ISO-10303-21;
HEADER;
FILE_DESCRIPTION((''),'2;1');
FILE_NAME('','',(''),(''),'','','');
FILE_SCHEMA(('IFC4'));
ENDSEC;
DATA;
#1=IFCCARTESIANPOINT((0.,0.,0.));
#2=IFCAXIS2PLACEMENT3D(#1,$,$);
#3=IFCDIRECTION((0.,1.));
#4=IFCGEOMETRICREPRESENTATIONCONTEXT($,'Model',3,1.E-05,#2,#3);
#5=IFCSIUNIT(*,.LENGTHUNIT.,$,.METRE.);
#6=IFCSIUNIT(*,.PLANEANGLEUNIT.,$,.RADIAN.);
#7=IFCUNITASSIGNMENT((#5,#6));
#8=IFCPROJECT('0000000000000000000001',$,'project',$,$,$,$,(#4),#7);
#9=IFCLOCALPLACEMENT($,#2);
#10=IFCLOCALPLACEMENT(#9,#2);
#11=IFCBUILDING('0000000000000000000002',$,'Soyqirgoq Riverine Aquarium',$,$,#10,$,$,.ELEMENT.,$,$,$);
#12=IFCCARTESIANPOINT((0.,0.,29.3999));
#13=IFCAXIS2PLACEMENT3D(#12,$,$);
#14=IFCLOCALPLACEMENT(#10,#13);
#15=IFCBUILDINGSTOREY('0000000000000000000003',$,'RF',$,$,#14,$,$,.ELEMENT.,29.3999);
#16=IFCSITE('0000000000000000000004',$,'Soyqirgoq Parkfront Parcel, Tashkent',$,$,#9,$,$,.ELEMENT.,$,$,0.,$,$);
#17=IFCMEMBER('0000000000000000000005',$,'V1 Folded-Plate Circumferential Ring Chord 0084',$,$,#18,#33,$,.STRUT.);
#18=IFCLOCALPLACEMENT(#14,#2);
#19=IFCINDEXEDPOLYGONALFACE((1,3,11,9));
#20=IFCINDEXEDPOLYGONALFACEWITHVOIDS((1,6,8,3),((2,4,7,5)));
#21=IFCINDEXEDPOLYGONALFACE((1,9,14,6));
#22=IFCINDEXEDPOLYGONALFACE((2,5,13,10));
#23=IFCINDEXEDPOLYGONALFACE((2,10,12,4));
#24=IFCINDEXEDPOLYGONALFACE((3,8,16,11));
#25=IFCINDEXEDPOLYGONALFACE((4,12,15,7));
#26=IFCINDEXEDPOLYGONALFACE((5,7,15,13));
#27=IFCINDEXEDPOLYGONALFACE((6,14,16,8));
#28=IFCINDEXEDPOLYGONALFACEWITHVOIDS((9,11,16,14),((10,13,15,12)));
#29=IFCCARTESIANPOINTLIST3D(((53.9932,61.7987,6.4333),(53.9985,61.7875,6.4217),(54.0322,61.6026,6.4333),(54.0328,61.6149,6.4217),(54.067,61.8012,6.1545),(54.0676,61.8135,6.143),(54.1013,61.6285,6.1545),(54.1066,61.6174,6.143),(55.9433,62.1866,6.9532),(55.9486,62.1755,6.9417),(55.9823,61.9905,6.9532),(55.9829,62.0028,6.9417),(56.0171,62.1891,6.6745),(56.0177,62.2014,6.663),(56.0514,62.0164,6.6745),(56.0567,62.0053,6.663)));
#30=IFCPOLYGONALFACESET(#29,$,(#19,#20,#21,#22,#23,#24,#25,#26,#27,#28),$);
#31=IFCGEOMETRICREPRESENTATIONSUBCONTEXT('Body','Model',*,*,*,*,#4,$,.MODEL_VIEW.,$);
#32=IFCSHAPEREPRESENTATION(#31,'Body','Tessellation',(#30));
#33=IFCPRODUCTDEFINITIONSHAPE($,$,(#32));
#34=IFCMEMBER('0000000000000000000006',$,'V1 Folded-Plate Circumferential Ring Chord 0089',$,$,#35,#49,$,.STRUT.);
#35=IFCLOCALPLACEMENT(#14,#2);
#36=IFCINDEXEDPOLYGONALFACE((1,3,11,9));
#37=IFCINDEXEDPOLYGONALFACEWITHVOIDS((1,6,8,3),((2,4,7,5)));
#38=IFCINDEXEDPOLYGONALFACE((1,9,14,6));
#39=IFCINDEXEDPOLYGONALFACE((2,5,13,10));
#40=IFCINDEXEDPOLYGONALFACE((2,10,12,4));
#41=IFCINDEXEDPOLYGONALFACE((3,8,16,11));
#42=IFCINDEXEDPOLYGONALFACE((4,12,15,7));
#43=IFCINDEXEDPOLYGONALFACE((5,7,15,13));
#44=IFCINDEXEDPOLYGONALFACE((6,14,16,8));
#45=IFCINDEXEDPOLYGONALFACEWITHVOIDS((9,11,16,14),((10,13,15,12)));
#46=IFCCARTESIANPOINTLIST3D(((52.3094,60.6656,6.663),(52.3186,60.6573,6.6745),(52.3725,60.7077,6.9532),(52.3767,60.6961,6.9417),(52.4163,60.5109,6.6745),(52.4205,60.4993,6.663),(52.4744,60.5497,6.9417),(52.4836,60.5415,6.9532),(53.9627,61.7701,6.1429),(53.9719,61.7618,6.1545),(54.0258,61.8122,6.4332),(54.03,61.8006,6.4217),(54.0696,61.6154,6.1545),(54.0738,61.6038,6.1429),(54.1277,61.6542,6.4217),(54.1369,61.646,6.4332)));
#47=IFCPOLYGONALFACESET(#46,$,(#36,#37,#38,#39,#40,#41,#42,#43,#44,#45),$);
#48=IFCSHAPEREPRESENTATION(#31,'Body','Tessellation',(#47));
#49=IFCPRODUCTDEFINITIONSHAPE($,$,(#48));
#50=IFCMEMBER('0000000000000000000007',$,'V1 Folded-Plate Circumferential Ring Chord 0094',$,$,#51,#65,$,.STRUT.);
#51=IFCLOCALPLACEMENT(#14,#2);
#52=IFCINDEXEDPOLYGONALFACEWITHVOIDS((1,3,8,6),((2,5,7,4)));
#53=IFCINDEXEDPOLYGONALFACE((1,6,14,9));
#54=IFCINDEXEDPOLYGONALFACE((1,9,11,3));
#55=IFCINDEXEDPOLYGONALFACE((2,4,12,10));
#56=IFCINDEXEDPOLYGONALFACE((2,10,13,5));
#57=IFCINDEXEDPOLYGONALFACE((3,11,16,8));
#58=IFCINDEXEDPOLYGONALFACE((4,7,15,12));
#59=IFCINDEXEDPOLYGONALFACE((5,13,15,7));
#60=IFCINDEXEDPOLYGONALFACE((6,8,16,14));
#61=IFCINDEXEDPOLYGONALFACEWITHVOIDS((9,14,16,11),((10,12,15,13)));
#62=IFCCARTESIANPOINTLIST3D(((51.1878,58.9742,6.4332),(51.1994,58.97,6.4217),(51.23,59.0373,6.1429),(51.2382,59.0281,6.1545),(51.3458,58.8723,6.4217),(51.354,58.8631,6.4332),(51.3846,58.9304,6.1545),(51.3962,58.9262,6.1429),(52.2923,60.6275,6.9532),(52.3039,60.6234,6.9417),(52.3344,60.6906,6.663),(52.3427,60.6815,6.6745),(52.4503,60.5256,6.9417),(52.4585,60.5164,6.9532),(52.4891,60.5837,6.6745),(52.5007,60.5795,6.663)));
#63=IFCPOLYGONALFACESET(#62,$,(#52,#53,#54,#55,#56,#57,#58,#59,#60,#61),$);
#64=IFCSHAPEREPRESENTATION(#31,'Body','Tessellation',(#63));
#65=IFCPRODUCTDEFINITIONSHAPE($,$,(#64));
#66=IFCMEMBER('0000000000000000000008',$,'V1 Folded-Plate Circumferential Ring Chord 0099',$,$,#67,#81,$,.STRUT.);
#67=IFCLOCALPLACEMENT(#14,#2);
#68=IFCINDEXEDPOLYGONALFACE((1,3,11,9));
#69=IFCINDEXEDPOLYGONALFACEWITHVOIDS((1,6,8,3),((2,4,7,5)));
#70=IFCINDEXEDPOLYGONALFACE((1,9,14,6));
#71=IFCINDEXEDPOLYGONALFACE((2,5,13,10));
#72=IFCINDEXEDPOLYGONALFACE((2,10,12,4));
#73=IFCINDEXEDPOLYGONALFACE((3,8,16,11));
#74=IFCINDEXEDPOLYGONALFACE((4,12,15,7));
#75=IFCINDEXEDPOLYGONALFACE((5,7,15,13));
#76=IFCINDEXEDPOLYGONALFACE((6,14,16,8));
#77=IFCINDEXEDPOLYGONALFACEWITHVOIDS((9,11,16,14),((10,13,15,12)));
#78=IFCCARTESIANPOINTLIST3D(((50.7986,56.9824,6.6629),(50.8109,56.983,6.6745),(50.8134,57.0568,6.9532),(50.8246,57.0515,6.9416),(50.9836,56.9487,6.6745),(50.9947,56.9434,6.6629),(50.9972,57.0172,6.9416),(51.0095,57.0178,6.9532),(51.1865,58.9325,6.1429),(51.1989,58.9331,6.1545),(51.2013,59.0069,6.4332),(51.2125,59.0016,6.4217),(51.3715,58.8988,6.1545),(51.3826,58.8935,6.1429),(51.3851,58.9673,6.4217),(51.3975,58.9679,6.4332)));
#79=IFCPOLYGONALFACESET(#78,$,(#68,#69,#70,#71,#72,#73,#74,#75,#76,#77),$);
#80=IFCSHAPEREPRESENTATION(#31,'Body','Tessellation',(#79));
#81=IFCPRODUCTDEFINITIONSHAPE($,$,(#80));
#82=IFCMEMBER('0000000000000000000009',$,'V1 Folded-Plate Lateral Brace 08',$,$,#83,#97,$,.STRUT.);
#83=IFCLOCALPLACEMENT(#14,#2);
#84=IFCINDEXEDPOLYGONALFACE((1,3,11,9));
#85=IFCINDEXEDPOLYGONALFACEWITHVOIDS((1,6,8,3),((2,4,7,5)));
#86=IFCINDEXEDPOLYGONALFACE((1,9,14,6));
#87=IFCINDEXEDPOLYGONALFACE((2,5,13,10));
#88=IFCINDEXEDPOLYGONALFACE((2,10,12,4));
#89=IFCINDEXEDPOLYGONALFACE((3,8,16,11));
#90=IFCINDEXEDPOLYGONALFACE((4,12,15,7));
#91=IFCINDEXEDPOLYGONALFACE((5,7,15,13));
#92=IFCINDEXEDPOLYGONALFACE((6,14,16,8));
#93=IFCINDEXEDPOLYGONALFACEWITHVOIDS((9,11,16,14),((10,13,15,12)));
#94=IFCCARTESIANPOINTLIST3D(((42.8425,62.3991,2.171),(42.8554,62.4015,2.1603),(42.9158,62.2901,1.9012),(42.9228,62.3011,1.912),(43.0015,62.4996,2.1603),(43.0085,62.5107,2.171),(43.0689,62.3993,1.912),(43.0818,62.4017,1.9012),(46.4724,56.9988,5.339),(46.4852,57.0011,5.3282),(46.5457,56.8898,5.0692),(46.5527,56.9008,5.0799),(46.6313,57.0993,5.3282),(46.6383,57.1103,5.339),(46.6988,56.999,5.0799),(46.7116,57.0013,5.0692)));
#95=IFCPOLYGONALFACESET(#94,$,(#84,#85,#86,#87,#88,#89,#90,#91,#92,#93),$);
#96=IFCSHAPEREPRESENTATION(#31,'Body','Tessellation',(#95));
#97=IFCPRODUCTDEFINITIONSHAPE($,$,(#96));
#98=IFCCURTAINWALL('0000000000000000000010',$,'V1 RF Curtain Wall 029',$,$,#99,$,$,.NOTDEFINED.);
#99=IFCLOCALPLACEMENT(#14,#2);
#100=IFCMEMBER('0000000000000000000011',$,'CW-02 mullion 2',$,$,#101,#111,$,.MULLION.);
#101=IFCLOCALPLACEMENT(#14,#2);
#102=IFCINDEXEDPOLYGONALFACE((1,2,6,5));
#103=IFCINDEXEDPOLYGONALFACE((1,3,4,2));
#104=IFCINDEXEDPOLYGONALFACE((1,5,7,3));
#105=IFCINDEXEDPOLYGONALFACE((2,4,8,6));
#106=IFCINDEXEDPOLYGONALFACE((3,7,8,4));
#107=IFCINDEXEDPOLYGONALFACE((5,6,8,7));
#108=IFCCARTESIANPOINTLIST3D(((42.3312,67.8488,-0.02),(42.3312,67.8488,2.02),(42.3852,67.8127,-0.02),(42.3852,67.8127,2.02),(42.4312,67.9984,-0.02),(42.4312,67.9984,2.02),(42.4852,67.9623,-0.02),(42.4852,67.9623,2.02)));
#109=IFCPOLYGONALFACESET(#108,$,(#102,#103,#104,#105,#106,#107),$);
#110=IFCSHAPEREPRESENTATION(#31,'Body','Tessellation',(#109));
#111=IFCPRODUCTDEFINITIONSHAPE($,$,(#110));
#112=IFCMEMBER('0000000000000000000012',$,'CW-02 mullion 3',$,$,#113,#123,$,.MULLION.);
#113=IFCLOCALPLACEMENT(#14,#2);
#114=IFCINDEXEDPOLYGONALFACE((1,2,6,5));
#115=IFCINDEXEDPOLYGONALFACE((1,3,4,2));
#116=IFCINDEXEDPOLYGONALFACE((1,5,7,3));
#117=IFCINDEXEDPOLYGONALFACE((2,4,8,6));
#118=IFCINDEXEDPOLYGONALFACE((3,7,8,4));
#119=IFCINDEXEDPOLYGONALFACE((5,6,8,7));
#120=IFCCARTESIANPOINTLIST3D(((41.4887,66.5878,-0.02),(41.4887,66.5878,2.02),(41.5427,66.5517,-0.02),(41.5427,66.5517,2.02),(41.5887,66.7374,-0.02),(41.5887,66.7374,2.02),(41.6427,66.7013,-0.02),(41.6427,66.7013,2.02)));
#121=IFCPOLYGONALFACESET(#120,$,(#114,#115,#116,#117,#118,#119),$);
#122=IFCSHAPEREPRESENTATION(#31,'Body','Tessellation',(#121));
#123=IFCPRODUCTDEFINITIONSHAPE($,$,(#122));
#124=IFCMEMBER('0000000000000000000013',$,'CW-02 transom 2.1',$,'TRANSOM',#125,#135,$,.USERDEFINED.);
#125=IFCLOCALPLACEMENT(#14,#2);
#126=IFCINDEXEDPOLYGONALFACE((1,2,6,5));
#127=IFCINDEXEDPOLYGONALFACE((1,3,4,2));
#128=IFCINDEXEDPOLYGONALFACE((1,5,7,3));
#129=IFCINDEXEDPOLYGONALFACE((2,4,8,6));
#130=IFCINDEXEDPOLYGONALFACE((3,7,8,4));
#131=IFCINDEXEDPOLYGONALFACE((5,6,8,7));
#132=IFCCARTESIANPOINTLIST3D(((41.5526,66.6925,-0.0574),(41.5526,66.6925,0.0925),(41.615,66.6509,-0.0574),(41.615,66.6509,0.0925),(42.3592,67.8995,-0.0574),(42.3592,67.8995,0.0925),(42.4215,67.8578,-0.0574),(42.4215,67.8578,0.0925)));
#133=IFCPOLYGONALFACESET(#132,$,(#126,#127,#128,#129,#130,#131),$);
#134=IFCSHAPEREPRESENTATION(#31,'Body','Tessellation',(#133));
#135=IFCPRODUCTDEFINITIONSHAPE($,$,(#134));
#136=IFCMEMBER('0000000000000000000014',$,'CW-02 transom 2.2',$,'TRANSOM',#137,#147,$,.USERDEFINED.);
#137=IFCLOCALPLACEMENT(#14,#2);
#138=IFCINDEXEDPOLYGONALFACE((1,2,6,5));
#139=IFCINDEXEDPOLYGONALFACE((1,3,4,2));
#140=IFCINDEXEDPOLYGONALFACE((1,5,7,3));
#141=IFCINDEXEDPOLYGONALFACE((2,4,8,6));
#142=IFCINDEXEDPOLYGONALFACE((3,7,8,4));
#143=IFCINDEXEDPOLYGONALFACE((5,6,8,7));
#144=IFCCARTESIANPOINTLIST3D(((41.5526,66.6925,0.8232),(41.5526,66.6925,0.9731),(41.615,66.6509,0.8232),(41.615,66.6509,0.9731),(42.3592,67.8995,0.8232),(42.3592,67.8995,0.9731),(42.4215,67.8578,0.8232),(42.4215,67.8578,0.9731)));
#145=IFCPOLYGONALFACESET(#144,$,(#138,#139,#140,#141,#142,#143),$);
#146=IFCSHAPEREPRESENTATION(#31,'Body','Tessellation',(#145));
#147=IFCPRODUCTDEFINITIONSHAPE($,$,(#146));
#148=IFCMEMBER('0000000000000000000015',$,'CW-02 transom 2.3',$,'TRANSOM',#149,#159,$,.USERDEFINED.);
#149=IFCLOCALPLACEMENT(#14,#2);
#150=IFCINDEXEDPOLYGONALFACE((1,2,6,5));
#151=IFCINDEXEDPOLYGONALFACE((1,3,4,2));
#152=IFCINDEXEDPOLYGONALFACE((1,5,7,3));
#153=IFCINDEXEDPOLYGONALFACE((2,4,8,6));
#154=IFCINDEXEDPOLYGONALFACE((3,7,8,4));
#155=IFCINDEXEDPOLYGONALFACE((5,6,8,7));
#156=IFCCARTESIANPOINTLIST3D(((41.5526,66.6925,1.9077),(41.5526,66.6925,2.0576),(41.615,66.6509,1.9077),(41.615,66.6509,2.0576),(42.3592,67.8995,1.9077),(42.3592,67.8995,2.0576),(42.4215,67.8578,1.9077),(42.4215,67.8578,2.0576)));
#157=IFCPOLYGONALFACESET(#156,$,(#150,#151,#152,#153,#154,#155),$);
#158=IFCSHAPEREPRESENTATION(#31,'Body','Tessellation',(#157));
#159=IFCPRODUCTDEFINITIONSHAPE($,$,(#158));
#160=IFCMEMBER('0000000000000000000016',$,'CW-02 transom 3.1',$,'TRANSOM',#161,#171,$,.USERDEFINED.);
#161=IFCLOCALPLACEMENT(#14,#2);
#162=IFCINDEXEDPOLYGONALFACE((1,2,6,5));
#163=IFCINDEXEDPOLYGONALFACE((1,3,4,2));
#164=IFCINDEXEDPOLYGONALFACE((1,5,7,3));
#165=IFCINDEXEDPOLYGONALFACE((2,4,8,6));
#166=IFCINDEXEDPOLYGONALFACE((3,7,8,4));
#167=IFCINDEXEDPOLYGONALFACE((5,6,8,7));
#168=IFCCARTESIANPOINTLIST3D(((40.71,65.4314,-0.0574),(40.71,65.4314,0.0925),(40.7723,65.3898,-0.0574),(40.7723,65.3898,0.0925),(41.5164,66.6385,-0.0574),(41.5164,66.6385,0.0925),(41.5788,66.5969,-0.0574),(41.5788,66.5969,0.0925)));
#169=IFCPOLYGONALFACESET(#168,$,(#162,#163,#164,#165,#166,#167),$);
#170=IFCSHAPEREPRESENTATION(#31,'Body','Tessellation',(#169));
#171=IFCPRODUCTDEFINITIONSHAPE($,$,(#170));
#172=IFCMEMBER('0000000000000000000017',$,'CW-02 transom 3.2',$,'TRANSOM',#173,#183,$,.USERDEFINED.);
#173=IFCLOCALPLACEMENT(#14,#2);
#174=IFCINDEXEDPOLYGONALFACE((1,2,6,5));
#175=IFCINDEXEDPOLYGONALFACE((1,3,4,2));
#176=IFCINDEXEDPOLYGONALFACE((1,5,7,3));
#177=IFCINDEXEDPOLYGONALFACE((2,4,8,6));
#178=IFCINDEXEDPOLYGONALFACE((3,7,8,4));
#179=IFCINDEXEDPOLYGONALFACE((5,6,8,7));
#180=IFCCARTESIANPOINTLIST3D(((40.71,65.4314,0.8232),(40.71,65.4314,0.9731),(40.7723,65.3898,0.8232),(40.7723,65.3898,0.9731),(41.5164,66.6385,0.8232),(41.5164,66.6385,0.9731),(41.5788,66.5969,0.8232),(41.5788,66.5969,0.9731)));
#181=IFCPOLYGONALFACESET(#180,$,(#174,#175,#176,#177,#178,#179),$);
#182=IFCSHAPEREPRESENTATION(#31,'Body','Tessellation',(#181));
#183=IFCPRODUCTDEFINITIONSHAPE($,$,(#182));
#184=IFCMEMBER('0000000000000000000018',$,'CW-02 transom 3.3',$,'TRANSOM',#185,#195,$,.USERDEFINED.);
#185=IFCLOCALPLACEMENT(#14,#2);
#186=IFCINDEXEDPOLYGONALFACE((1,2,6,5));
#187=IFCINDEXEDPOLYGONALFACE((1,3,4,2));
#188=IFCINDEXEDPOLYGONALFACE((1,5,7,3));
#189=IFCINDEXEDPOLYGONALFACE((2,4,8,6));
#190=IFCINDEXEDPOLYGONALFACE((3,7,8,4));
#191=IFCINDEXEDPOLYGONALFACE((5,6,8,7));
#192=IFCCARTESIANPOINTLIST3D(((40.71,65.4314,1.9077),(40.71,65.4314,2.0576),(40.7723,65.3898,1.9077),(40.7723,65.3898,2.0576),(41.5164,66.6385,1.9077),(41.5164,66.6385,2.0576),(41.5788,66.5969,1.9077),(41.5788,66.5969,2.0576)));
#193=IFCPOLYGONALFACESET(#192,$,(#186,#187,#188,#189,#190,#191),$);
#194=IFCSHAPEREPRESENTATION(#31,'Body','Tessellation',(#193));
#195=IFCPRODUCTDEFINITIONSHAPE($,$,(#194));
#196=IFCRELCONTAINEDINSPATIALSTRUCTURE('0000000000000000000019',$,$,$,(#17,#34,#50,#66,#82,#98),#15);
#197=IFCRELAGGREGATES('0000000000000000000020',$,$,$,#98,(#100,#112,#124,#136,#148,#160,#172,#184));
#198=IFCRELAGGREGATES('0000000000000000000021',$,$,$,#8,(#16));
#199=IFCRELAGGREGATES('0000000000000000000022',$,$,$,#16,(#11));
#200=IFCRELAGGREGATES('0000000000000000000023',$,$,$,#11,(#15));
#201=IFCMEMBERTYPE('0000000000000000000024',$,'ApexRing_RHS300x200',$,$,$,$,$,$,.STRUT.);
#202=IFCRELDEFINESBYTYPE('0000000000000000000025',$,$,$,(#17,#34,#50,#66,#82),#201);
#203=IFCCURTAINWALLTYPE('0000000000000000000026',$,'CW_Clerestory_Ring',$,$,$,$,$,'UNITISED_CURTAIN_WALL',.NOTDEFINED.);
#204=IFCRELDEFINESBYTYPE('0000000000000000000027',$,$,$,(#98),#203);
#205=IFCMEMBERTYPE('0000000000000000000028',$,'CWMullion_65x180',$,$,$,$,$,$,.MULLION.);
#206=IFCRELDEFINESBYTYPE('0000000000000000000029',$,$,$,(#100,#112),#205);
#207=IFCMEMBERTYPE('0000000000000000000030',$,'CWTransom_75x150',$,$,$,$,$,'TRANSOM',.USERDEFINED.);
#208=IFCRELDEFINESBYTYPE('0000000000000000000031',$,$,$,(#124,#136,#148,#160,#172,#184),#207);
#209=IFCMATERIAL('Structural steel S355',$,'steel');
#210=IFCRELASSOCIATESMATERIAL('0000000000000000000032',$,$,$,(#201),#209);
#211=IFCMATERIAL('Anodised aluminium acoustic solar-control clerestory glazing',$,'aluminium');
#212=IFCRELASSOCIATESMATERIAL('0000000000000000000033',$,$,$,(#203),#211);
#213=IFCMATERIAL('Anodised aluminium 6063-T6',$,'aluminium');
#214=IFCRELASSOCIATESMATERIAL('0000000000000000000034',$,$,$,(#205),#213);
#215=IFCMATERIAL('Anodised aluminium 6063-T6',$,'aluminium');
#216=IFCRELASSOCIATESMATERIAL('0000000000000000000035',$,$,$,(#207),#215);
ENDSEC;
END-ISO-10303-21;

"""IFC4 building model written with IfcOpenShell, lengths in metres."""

from ifc_helpers import new_model, si_unit, direction, frame, origin, origin_2d, place, context, subcontext, project, spatial, rectangle, hollow_rectangle, extrude, material, material_profile, profile_set, type_object, element, aggregate, save


model = new_model("IFC4")

# Units and contexts
model_context = context("Model", 3, precision=1e-05, world=origin(), true_north=direction((0.0, 1.0)))
body_context = subcontext(model_context, "Body", "Model", "MODEL_VIEW")
ifc_project = project(units=[si_unit("LENGTHUNIT", "METRE"), si_unit("PLANEANGLEUNIT", "RADIAN")], contexts=[model_context])

# Site, building, storey
site_placement = place(None, origin())
site = spatial("IfcSite", under=ifc_project, at=site_placement, Name="Soyqirgoq Parkfront Parcel, Tashkent", CompositionType="ELEMENT", RefElevation=0.0)
building_placement = place(site_placement, origin())
building = spatial("IfcBuilding", under=site, at=building_placement, Name="Soyqirgoq Riverine Aquarium", CompositionType="ELEMENT")
storey_placement = place(building_placement, frame((0.0, 0.0, 29.3999)))
storey = spatial("IfcBuildingStorey", under=building, at=storey_placement, Name="RF", CompositionType="ELEMENT", Elevation=29.3999)

# Members
ifc_material_1 = material(Name="Structural steel S355", Category="steel")
ifc_material_profile_1 = material_profile(ifc_material_1, hollow_rectangle(XDim=0.2, YDim=0.3, WallThickness=0.012, at=origin_2d()), Name="RHS 300x200x12")
ifc_profile_set_1 = profile_set([ifc_material_profile_1], Name="Structural steel S355")
member_type_1 = type_object("IfcMemberType", Name="ApexRing_RHS300x200", PredefinedType="STRUT", material=ifc_profile_set_1)
for number, where, z_axis, x_axis, name in (
    (1, (56.0, 62.0959, 6.8081), (-0.948871, -0.188753, -0.253016), (0.195101, -0.980783, 0.0), "V1 Folded-Plate Circumferential Ring Chord 0084"),
    (2, (54.0498, 61.708, 6.2881), (-0.804462, -0.537417, 0.253028), (0.555493, -0.831521, 0.0), "V1 Folded-Plate Circumferential Ring Chord 0089"),
    (3, (52.3965, 60.6035, 6.8081), (-0.537417, -0.804462, -0.253028), (0.831521, -0.555493, 0.0), "V1 Folded-Plate Circumferential Ring Chord 0094"),
    (4, (51.292, 58.9502, 6.2881), (-0.188753, -0.948871, 0.253016), (0.980783, -0.195101, 0.0), "V1 Folded-Plate Circumferential Ring Chord 0099"),
):
    element("IfcMember", number, at=place(storey_placement, frame(where, z_axis=z_axis, x_axis=x_axis)), inside=storey, type_object=member_type_1, Name=name, PredefinedType="STRUT", context=body_context, shape_type="SweptSolid", body=[
        extrude(hollow_rectangle(XDim=0.2, YDim=0.3, WallThickness=0.012, at=origin_2d()), origin(), (0.0, 0.0, 1.0), 2.0552),
    ])
member_1_placement = place(storey_placement, frame((42.9622, 62.4004, 2.0361), z_axis=(0.501563, -0.746204, 0.437737), x_axis=(0.829943, 0.557848, 0.0)))
element("IfcMember", 5, at=member_1_placement, inside=storey, type_object=member_type_1, Name="V1 Folded-Plate Lateral Brace 08", PredefinedType="STRUT", context=body_context, shape_type="SweptSolid", body=[
    extrude(hollow_rectangle(XDim=0.2, YDim=0.3, WallThickness=0.012, at=origin_2d()), origin(), (0.0, 0.0, 1.0), 7.2371),
])

# Curtain wall, members
ifc_material_2 = material(Name="Anodised aluminium acoustic solar-control clerestory glazing", Category="aluminium")
curtain_wall_type = type_object("IfcCurtainWallType", Name="CW_Clerestory_Ring", ElementType="UNITISED_CURTAIN_WALL", PredefinedType="NOTDEFINED", material=ifc_material_2)
curtain_wall_placement = place(storey_placement, origin())
curtain_wall = element("IfcCurtainWall", 6, at=curtain_wall_placement, inside=storey, type_object=curtain_wall_type, Name="V1 RF Curtain Wall 029", PredefinedType="NOTDEFINED")
ifc_material_3 = material(Name="Anodised aluminium 6063-T6", Category="aluminium")
ifc_material_profile_2 = material_profile(ifc_material_3, rectangle(XDim=0.0649, YDim=0.1799, at=origin_2d()), Name="ALU-M 65x180")
ifc_profile_set_2 = profile_set([ifc_material_profile_2], Name="Anodised aluminium 6063-T6")
member_type_2 = type_object("IfcMemberType", Name="CWMullion_65x180", PredefinedType="MULLION", material=ifc_profile_set_2)
member_2_placement = place(storey_placement, frame((42.4082, 67.9055, -0.02), z_axis=(0.0, 0.0, 1.0), x_axis=(0.831464, -0.555579, 0.0)))
member_2 = element("IfcMember", 7, at=member_2_placement, type_object=member_type_2, Name="CW-02 mullion 2", PredefinedType="MULLION", context=body_context, shape_type="SweptSolid", body=[
    extrude(rectangle(XDim=0.0649, YDim=0.1799, at=origin_2d()), origin(), (0.0, 0.0, 1.0), 2.04),
])
member_3_placement = place(storey_placement, frame((41.5657, 66.6445, -0.02), z_axis=(0.0, 0.0, 1.0), x_axis=(0.831464, -0.555579, 0.0)))
member_3 = element("IfcMember", 8, at=member_3_placement, type_object=member_type_2, Name="CW-02 mullion 3", PredefinedType="MULLION", context=body_context, shape_type="SweptSolid", body=[
    extrude(rectangle(XDim=0.0649, YDim=0.1799, at=origin_2d()), origin(), (0.0, 0.0, 1.0), 2.04),
])
ifc_material_4 = material(Name="Anodised aluminium 6063-T6", Category="aluminium")
ifc_material_profile_3 = material_profile(ifc_material_4, rectangle(XDim=0.075, YDim=0.1499, at=origin_2d()), Name="ALU-T 75x150")
ifc_profile_set_3 = profile_set([ifc_material_profile_3], Name="Anodised aluminium 6063-T6")
member_type_3 = type_object("IfcMemberType", Name="CWTransom_75x150", ElementType="TRANSOM", PredefinedType="USERDEFINED", material=ifc_profile_set_3)
member_4_placement = place(storey_placement, frame((42.3904, 67.8787, 0.0176), z_axis=(-0.555631, -0.831429, 0.0), x_axis=(0.831429, -0.555631, 0.0)))
member_4 = element("IfcMember", 9, at=member_4_placement, type_object=member_type_3, Name="CW-02 transom 2.1", ObjectType="TRANSOM", PredefinedType="USERDEFINED", context=body_context, shape_type="SweptSolid", body=[
    extrude(rectangle(XDim=0.075, YDim=0.1499, at=origin_2d()), origin(), (0.0, 0.0, 1.0), 1.4517),
])
member_5_placement = place(storey_placement, frame((42.3904, 67.8787, 0.8982), z_axis=(-0.555631, -0.831429, 0.0), x_axis=(0.831429, -0.555631, 0.0)))
member_5 = element("IfcMember", 10, at=member_5_placement, type_object=member_type_3, Name="CW-02 transom 2.2", ObjectType="TRANSOM", PredefinedType="USERDEFINED", context=body_context, shape_type="SweptSolid", body=[
    extrude(rectangle(XDim=0.075, YDim=0.1499, at=origin_2d()), origin(), (0.0, 0.0, 1.0), 1.4517),
])
member_6_placement = place(storey_placement, frame((42.3904, 67.8787, 1.9827), z_axis=(-0.555631, -0.831429, 0.0), x_axis=(0.831429, -0.555631, 0.0)))
member_6 = element("IfcMember", 11, at=member_6_placement, type_object=member_type_3, Name="CW-02 transom 2.3", ObjectType="TRANSOM", PredefinedType="USERDEFINED", context=body_context, shape_type="SweptSolid", body=[
    extrude(rectangle(XDim=0.075, YDim=0.1499, at=origin_2d()), origin(), (0.0, 0.0, 1.0), 1.4517),
])
member_7_placement = place(storey_placement, frame((41.5476, 66.6177, 0.0176), z_axis=(-0.555515, -0.831507, 0.0), x_axis=(0.831507, -0.555515, 0.0)))
member_7 = element("IfcMember", 12, at=member_7_placement, type_object=member_type_3, Name="CW-02 transom 3.1", ObjectType="TRANSOM", PredefinedType="USERDEFINED", context=body_context, shape_type="SweptSolid", body=[
    extrude(rectangle(XDim=0.075, YDim=0.1499, at=origin_2d()), origin(), (0.0, 0.0, 1.0), 1.4517),
])
member_8_placement = place(storey_placement, frame((41.5476, 66.6177, 0.8982), z_axis=(-0.555515, -0.831507, 0.0), x_axis=(0.831507, -0.555515, 0.0)))
member_8 = element("IfcMember", 13, at=member_8_placement, type_object=member_type_3, Name="CW-02 transom 3.2", ObjectType="TRANSOM", PredefinedType="USERDEFINED", context=body_context, shape_type="SweptSolid", body=[
    extrude(rectangle(XDim=0.075, YDim=0.1499, at=origin_2d()), origin(), (0.0, 0.0, 1.0), 1.4517),
])
member_9_placement = place(storey_placement, frame((41.5476, 66.6177, 1.9827), z_axis=(-0.555515, -0.831507, 0.0), x_axis=(0.831507, -0.555515, 0.0)))
member_9 = element("IfcMember", 14, at=member_9_placement, type_object=member_type_3, Name="CW-02 transom 3.3", ObjectType="TRANSOM", PredefinedType="USERDEFINED", context=body_context, shape_type="SweptSolid", body=[
    extrude(rectangle(XDim=0.075, YDim=0.1499, at=origin_2d()), origin(), (0.0, 0.0, 1.0), 1.4517),
])

aggregate(curtain_wall, [member_2, member_3, member_4, member_5, member_6, member_7, member_8, member_9])

save(model, "model.ifc")
